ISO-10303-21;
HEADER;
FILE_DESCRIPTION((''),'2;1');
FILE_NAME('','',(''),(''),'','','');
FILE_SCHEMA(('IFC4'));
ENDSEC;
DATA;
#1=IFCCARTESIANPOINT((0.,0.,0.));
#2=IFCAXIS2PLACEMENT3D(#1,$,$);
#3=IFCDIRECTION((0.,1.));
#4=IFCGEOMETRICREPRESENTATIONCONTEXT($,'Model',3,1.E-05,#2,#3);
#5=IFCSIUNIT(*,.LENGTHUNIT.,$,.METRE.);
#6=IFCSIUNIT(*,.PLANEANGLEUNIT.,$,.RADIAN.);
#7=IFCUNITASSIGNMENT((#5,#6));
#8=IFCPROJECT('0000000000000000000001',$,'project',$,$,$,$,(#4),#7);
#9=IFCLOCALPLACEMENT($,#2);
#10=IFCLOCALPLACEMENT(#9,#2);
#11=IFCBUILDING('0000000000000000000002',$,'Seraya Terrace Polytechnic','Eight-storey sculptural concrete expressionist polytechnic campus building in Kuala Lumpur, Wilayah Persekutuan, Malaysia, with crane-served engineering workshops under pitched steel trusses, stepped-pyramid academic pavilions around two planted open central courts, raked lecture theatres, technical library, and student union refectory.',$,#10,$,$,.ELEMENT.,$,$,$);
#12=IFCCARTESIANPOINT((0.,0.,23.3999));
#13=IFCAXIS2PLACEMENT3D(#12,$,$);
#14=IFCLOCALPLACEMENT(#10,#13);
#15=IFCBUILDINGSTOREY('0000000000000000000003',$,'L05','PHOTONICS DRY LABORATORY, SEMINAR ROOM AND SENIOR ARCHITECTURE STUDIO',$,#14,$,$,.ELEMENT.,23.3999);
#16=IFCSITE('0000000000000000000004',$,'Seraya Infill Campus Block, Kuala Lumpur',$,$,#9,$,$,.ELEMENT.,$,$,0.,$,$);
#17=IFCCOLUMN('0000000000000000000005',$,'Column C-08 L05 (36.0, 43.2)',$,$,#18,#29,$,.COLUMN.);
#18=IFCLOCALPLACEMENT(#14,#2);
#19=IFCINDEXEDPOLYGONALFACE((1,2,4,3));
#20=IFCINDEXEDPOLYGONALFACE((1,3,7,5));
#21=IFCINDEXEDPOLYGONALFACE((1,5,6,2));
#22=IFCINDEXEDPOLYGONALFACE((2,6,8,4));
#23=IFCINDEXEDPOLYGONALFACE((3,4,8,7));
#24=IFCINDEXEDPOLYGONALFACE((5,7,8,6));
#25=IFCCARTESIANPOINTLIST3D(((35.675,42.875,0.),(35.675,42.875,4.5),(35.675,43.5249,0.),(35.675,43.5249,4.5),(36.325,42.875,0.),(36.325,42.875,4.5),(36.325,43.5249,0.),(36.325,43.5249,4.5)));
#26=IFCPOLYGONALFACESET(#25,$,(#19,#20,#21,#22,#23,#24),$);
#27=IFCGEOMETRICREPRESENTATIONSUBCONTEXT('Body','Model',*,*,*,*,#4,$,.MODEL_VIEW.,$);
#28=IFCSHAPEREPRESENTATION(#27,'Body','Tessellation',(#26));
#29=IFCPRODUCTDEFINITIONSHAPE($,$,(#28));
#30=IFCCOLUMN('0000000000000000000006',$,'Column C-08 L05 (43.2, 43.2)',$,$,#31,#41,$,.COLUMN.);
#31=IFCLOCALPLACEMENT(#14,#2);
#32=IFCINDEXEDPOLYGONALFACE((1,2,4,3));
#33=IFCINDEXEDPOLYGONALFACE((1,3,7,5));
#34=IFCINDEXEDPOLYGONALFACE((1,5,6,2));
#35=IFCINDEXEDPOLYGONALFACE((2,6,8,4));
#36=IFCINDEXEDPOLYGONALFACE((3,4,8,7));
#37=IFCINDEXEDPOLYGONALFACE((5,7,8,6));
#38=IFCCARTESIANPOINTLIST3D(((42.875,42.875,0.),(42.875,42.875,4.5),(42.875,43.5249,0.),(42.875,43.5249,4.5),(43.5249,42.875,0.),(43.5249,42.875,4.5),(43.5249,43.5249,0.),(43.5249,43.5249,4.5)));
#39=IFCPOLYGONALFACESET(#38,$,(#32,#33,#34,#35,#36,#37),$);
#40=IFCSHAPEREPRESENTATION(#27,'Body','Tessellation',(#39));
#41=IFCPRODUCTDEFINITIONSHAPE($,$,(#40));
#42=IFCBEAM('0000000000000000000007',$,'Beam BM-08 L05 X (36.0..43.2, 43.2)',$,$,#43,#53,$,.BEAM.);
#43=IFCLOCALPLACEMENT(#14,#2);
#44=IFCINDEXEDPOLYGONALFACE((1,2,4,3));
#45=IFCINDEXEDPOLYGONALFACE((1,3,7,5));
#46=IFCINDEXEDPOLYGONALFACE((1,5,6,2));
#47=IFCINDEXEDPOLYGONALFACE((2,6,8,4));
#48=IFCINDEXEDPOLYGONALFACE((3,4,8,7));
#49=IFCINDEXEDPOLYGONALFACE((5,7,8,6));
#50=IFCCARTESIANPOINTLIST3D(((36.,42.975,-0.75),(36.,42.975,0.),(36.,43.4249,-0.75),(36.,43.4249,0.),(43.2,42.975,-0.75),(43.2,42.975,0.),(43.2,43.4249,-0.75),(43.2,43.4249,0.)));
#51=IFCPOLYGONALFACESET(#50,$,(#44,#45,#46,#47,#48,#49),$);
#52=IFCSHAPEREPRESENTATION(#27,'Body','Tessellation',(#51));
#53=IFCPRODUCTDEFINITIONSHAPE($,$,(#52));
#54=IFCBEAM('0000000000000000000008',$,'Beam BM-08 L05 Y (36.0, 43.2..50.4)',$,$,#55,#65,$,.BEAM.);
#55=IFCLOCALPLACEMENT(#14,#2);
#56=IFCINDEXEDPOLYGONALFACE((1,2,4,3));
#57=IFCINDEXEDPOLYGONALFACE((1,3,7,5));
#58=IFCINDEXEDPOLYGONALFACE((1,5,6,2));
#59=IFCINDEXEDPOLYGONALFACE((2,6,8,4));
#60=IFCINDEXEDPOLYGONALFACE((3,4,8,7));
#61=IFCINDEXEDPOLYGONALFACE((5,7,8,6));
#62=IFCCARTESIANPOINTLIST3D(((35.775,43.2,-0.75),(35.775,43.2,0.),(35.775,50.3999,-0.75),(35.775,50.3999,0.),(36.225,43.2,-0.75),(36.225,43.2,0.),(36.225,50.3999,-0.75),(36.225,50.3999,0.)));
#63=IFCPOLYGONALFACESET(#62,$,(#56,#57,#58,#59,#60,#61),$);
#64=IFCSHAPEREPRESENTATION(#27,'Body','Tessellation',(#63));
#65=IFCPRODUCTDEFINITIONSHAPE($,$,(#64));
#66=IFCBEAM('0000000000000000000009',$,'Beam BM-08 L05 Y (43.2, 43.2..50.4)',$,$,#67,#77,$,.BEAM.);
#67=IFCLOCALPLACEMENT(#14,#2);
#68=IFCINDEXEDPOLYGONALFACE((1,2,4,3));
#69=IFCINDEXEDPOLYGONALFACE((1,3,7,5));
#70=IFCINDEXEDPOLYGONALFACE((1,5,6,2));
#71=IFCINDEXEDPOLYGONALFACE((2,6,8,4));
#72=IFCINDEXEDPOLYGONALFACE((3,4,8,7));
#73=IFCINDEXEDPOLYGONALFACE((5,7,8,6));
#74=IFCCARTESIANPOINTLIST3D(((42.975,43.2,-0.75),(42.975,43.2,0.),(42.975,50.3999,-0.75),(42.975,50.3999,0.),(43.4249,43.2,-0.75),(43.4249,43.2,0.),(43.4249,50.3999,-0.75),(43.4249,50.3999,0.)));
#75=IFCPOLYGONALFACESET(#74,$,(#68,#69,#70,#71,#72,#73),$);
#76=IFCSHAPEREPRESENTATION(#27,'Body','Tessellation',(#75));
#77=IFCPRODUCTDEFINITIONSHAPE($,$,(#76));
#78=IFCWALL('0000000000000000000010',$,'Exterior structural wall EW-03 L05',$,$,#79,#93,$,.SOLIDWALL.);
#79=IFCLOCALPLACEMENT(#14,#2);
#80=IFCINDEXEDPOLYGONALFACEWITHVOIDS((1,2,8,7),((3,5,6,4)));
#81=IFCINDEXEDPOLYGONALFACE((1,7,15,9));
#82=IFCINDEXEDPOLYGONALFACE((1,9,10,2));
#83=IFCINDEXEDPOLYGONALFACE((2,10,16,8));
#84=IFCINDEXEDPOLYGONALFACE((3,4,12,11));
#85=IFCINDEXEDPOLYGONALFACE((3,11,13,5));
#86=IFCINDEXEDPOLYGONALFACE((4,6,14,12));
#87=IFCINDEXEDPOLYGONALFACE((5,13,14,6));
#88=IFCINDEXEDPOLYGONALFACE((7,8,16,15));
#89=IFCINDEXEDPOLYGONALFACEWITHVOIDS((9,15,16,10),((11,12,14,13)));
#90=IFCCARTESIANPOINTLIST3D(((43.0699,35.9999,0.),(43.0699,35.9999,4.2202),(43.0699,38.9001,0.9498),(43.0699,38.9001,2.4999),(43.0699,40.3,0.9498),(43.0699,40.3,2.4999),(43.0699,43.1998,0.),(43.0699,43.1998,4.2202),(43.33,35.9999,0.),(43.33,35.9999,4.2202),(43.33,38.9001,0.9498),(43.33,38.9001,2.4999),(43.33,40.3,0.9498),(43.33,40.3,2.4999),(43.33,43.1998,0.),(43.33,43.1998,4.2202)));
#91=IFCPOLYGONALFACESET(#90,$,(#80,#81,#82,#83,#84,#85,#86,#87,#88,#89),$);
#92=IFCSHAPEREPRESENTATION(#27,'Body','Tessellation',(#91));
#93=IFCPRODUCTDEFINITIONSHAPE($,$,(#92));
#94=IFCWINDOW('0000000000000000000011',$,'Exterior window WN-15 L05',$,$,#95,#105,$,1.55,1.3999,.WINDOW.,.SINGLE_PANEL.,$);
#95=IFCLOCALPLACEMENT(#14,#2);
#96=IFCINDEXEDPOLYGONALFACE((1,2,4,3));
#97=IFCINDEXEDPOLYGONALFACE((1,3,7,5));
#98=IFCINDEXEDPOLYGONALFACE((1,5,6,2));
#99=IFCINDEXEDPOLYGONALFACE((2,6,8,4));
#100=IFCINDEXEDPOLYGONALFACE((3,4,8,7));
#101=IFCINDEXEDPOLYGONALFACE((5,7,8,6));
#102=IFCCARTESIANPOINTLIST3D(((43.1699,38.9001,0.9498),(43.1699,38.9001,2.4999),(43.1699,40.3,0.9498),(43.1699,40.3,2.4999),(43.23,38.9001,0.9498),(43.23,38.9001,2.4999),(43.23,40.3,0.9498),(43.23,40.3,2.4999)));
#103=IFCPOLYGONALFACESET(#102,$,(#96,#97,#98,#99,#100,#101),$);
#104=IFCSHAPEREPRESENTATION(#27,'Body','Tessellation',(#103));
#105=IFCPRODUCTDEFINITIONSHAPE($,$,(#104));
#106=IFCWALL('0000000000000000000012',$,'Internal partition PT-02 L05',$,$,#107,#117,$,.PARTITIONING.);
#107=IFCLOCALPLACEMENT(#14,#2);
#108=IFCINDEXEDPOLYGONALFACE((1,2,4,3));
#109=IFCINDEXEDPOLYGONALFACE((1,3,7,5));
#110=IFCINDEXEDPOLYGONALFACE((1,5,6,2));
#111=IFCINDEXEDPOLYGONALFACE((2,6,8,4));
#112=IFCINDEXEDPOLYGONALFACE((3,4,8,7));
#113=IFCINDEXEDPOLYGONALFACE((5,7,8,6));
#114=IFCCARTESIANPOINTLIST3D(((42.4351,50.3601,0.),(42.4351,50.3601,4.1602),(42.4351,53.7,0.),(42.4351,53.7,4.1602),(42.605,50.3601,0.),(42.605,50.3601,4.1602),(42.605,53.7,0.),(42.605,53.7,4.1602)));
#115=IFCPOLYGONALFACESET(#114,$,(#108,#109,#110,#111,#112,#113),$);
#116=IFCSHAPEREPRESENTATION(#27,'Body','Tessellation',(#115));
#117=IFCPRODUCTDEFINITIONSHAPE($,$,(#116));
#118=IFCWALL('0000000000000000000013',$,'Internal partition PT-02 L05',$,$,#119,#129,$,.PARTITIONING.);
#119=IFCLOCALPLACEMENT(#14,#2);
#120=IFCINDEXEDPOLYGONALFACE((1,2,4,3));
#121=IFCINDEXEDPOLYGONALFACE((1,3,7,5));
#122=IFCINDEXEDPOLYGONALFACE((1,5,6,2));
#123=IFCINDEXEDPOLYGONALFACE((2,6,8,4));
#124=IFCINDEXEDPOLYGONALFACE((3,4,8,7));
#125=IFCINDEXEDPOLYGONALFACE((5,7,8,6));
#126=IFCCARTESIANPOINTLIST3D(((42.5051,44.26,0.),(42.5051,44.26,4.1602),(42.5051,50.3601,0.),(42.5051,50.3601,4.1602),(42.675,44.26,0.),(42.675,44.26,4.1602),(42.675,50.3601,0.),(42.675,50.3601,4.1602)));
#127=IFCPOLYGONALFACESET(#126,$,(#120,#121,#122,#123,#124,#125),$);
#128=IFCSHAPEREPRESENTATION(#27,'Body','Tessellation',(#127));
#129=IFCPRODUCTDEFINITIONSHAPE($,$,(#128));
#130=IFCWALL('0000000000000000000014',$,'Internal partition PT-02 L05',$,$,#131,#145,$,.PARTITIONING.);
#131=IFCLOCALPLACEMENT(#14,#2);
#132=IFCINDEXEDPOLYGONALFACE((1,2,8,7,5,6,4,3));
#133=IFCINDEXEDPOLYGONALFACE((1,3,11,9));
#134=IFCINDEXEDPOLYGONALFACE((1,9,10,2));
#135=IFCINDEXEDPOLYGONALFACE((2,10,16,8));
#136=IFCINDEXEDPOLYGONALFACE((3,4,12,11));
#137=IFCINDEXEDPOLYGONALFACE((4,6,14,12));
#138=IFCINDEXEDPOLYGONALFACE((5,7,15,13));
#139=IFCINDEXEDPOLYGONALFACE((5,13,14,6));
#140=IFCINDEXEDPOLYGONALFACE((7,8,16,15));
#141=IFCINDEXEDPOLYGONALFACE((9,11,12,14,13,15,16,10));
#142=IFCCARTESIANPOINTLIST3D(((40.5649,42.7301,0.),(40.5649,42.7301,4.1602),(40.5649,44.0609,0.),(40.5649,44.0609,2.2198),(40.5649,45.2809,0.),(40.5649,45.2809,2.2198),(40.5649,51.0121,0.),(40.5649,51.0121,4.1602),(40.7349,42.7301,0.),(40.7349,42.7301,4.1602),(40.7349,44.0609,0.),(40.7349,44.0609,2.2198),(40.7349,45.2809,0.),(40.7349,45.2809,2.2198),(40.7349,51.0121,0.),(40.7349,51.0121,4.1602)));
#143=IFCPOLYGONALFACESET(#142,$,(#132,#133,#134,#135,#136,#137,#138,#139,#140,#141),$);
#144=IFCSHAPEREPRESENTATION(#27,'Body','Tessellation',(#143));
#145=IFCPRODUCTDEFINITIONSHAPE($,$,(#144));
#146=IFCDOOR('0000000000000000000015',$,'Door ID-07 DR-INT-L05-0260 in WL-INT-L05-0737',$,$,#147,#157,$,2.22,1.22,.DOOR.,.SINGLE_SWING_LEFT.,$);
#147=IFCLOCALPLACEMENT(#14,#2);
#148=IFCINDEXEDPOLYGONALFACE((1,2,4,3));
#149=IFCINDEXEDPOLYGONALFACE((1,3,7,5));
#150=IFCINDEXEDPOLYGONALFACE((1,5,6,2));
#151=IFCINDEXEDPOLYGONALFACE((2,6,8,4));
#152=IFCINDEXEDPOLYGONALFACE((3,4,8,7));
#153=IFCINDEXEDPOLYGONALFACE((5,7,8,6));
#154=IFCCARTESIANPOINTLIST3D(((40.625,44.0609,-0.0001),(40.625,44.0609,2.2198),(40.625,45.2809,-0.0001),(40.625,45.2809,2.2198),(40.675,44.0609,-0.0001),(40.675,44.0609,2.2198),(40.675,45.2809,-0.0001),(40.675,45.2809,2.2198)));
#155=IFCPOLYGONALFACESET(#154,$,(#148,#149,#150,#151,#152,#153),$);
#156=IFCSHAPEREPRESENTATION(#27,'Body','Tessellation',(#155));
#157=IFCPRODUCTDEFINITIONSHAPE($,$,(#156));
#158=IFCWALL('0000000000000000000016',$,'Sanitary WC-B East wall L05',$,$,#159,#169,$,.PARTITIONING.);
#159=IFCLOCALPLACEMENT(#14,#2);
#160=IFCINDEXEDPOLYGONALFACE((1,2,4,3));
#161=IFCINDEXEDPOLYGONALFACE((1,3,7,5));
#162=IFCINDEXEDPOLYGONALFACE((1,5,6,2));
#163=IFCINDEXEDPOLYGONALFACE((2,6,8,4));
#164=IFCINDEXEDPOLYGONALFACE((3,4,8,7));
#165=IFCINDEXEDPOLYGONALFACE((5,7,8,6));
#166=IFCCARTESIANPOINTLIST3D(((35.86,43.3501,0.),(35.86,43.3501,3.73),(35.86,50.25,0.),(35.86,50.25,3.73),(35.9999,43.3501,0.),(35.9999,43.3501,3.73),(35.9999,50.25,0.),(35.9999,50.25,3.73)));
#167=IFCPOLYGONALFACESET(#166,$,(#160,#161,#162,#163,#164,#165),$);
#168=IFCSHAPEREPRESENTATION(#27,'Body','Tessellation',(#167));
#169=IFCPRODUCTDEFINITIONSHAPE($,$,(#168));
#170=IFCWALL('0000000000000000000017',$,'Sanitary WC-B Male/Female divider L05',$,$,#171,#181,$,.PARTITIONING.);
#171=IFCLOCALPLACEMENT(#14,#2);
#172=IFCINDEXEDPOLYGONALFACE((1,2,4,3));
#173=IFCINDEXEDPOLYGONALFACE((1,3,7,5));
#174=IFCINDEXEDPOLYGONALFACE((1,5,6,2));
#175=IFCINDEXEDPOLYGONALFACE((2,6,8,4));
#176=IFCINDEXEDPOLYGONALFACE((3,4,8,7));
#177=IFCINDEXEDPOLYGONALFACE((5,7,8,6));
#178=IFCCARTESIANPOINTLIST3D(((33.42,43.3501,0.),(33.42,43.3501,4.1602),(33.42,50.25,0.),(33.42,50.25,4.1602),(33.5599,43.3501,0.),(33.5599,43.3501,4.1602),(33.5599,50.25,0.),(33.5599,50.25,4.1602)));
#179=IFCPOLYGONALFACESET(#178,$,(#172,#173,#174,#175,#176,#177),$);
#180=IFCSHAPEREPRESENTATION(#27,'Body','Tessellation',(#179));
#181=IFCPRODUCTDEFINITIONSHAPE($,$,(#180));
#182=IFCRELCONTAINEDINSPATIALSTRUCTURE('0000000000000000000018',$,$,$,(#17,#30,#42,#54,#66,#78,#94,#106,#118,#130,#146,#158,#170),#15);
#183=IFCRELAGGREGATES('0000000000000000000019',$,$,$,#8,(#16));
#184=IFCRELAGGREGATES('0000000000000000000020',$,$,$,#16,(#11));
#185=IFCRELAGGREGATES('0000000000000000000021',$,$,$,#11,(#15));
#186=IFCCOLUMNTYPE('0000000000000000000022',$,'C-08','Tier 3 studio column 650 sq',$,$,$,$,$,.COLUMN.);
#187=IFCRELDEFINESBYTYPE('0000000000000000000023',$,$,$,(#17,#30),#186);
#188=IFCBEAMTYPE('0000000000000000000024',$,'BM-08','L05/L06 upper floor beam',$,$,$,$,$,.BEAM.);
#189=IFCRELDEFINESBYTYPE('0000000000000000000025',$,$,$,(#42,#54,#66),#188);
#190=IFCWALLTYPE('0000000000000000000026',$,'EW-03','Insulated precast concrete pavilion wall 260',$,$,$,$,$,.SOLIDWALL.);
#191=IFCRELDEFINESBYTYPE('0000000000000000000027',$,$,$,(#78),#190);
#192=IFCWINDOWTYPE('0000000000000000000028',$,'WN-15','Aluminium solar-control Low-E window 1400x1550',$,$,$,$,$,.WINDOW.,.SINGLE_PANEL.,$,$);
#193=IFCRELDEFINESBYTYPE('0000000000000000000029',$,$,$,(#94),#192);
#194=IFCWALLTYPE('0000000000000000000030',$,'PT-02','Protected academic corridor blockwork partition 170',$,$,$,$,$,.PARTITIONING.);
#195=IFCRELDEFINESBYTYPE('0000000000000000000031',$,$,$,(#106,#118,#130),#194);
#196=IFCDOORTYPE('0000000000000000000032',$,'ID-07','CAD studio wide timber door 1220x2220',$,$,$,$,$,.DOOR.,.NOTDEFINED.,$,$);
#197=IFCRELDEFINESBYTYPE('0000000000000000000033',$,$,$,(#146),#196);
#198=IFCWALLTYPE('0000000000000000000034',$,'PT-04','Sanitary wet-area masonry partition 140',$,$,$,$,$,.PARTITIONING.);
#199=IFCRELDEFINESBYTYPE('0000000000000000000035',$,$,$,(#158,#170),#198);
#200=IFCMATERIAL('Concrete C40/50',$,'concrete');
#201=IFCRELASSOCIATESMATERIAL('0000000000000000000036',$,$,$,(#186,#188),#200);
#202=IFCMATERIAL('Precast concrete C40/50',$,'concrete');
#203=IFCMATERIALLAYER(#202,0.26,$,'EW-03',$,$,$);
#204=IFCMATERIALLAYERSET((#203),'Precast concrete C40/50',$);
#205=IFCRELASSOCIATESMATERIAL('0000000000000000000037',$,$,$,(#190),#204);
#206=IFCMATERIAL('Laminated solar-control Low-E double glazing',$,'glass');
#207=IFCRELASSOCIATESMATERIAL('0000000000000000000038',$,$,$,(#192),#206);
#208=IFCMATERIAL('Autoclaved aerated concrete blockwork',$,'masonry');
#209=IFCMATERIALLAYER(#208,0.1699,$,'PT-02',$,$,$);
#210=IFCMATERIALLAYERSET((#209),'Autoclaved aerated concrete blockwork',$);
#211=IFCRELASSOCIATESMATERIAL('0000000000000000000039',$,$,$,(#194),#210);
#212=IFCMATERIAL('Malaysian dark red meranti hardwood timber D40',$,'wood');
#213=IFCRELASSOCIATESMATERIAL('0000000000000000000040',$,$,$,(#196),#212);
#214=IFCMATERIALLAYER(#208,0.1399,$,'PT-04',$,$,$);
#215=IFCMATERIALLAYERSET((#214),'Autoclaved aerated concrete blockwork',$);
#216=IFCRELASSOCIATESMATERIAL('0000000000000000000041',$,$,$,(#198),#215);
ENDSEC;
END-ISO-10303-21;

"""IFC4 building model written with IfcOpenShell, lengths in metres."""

from ifc_helpers import new_model, si_unit, direction, frame, frame_2d, origin, origin_2d, place, context, subcontext, project, spatial, rectangle, extrude, material, layer, layer_set, material_profile, profile_set, type_object, element, fill, save


model = new_model("IFC4")

# Units and contexts
model_context = context("Model", 3, precision=1e-05, world=origin(), true_north=direction((0.0, 1.0)))
body_context = subcontext(model_context, "Body", "Model", "MODEL_VIEW")
ifc_project = project(units=[si_unit("LENGTHUNIT", "METRE"), si_unit("PLANEANGLEUNIT", "RADIAN")], contexts=[model_context])

# Site, building, storey
site_placement = place(None, origin())
site = spatial("IfcSite", under=ifc_project, at=site_placement, Name="Seraya Infill Campus Block, Kuala Lumpur", CompositionType="ELEMENT", RefElevation=0.0)
building_placement = place(site_placement, origin())
building = spatial("IfcBuilding", under=site, at=building_placement, Name="Seraya Terrace Polytechnic", Description="Eight-storey sculptural concrete expressionist polytechnic campus building in Kuala Lumpur, Wilayah Persekutuan, Malaysia, with crane-served engineering workshops under pitched steel trusses, stepped-pyramid academic pavilions around two planted open central courts, raked lecture theatres, technical library, and student union refectory.", CompositionType="ELEMENT")
storey_placement = place(building_placement, frame((0.0, 0.0, 23.3999)))
storey = spatial("IfcBuildingStorey", under=building, at=storey_placement, Name="L05", Description="PHOTONICS DRY LABORATORY, SEMINAR ROOM AND SENIOR ARCHITECTURE STUDIO", CompositionType="ELEMENT", Elevation=23.3999)

# Columns
ifc_material_1 = material(Name="Concrete C40/50", Category="concrete")
ifc_material_profile_1 = material_profile(ifc_material_1, rectangle(XDim=0.6499, YDim=0.6499, at=origin_2d()), Name="RC 650x650")
ifc_profile_set_1 = profile_set([ifc_material_profile_1], Name="Concrete C40/50")
column_type = type_object("IfcColumnType", Name="C-08", Description="Tier 3 studio column 650 sq", PredefinedType="COLUMN", material=ifc_profile_set_1)
for number, where, z_axis, x_axis, name in (
    (1, (36.0, 43.2, 0.0), (0.0, 0.0, 1.0), (1.0, 0.0, 0.0), "Column C-08 L05 (36.0, 43.2)"),
    (2, (43.2, 43.2, 0.0), (0.0, 0.0, 1.0), (1.0, 0.0, 0.0), "Column C-08 L05 (43.2, 43.2)"),
):
    element("IfcColumn", number, at=place(storey_placement, frame(where, z_axis=z_axis, x_axis=x_axis)), inside=storey, type_object=column_type, Name=name, PredefinedType="COLUMN", context=body_context, shape_type="SweptSolid", body=[
        extrude(rectangle(XDim=0.6499, YDim=0.6499, at=origin_2d()), origin(), (0.0, 0.0, 1.0), 4.5),
    ])

# Beams
ifc_material_profile_2 = material_profile(ifc_material_1, rectangle(XDim=0.45, YDim=0.75, at=origin_2d()), Name="RC 450x750")
ifc_profile_set_2 = profile_set([ifc_material_profile_2], Name="Concrete C40/50")
beam_type = type_object("IfcBeamType", Name="BM-08", Description="L05/L06 upper floor beam", PredefinedType="BEAM", material=ifc_profile_set_2)
for number, where, z_axis, x_axis, name in (
    (3, (36.0, 43.2, -0.375), (1.0, 0.0, 0.0), (0.0, 1.0, 0.0), "Beam BM-08 L05 X (36.0..43.2, 43.2)"),
    (4, (36.0, 43.2, -0.375), (0.0, 1.0, 0.0), (-1.0, 0.0, 0.0), "Beam BM-08 L05 Y (36.0, 43.2..50.4)"),
    (5, (43.2, 43.2, -0.375), (0.0, 1.0, 0.0), (-1.0, 0.0, 0.0), "Beam BM-08 L05 Y (43.2, 43.2..50.4)"),
):
    element("IfcBeam", number, at=place(storey_placement, frame(where, z_axis=z_axis, x_axis=x_axis)), inside=storey, type_object=beam_type, Name=name, PredefinedType="BEAM", context=body_context, shape_type="SweptSolid", body=[
        extrude(rectangle(XDim=0.45, YDim=0.75, at=origin_2d()), origin(), (0.0, 0.0, 1.0), 7.2),
    ])

# Wall, opening, window
ifc_material_2 = material(Name="Precast concrete C40/50", Category="concrete")
ifc_layer_1 = layer(ifc_material_2, 0.26, Name="EW-03")
ifc_layer_set_1 = layer_set([ifc_layer_1], Name="Precast concrete C40/50")
wall_type_1 = type_object("IfcWallType", Name="EW-03", Description="Insulated precast concrete pavilion wall 260", PredefinedType="SOLIDWALL", material=ifc_layer_set_1)
wall_1_placement = place(storey_placement, frame((43.2, 43.2, 0.0), z_axis=(0.0, 0.0, 1.0), x_axis=(0.0, -1.0, 0.0)))
wall_1 = element("IfcWall", 6, at=wall_1_placement, inside=storey, type_object=wall_type_1, Name="Exterior structural wall EW-03 L05", PredefinedType="SOLIDWALL", context=body_context, shape_type="SweptSolid", body=[
    extrude(rectangle(XDim=7.2, YDim=0.26, at=frame_2d((3.6001, 0.0))), origin(), (0.0, 0.0, 1.0), 4.2202),
])
opening_1_placement = place(wall_1_placement, frame((2.8999, 0.0, 0.95)))
opening_1 = element("IfcOpeningElement", 7, at=opening_1_placement, cuts=wall_1, PredefinedType="OPENING", context=body_context, shape_type="SweptSolid", body=[
    extrude(rectangle(XDim=1.3999, YDim=1.55, at=frame_2d((0.7, 0.7749))), frame((0.0, 0.1421, 0.0), z_axis=(0.0, -1.0, 0.0), x_axis=(1.0, 0.0, 0.0)), (0.0, 0.0, 1.0), 0.2839),
])
ifc_material_3 = material(Name="Laminated solar-control Low-E double glazing", Category="glass")
window_type = type_object("IfcWindowType", Name="WN-15", Description="Aluminium solar-control Low-E window 1400x1550", PartitioningType="SINGLE_PANEL", PredefinedType="WINDOW", material=ifc_material_3)
window_placement = place(opening_1_placement, origin())
window = element("IfcWindow", 8, at=window_placement, inside=storey, type_object=window_type, Name="Exterior window WN-15 L05", OverallHeight=1.55, OverallWidth=1.3999, PartitioningType="SINGLE_PANEL", PredefinedType="WINDOW", context=body_context, shape_type="SweptSolid", body=[
    extrude(rectangle(XDim=1.3999, YDim=1.55, at=frame_2d((0.7, 0.7749))), frame((0.0, 0.03, 0.0), z_axis=(0.0, -1.0, 0.0), x_axis=(1.0, 0.0, 0.0)), (0.0, 0.0, 1.0), 0.0601),
])
fill(opening_1, window)

# Walls
ifc_material_4 = material(Name="Autoclaved aerated concrete blockwork", Category="masonry")
ifc_layer_2 = layer(ifc_material_4, 0.1699, Name="PT-02")
ifc_layer_set_2 = layer_set([ifc_layer_2], Name="Autoclaved aerated concrete blockwork")
wall_type_2 = type_object("IfcWallType", Name="PT-02", Description="Protected academic corridor blockwork partition 170", PredefinedType="PARTITIONING", material=ifc_layer_set_2)
wall_2_placement = place(storey_placement, frame((42.52, 50.3601, 0.0), z_axis=(0.0, 0.0, 1.0), x_axis=(0.0, 1.0, 0.0)))
element("IfcWall", 9, at=wall_2_placement, inside=storey, type_object=wall_type_2, Name="Internal partition PT-02 L05", PredefinedType="PARTITIONING", context=body_context, shape_type="SweptSolid", body=[
    extrude(rectangle(XDim=3.3398, YDim=0.1699, at=frame_2d((1.6699, 0.0))), origin(), (0.0, 0.0, 1.0), 4.1602),
])
wall_3_placement = place(storey_placement, frame((42.5901, 44.26, 0.0), z_axis=(0.0, 0.0, 1.0), x_axis=(0.0, 1.0, 0.0)))
element("IfcWall", 10, at=wall_3_placement, inside=storey, type_object=wall_type_2, Name="Internal partition PT-02 L05", PredefinedType="PARTITIONING", context=body_context, shape_type="SweptSolid", body=[
    extrude(rectangle(XDim=6.1001, YDim=0.1699, at=frame_2d((3.05, 0.0))), origin(), (0.0, 0.0, 1.0), 4.1602),
])

# Wall, opening, door
wall_4_placement = place(storey_placement, frame((40.6499, 42.73, 0.0), z_axis=(0.0, 0.0, 1.0), x_axis=(0.0, 1.0, 0.0)))
wall_4 = element("IfcWall", 11, at=wall_4_placement, inside=storey, type_object=wall_type_2, Name="Internal partition PT-02 L05", PredefinedType="PARTITIONING", context=body_context, shape_type="SweptSolid", body=[
    extrude(rectangle(XDim=8.282, YDim=0.1699, at=frame_2d((4.1411, 0.0))), origin(), (0.0, 0.0, 1.0), 4.1602),
])
opening_2_placement = place(wall_4_placement, frame((1.3311, 0.0, 0.0)))
opening_2 = element("IfcOpeningElement", 12, at=opening_2_placement, cuts=wall_4, PredefinedType="OPENING", context=body_context, shape_type="SweptSolid", body=[
    extrude(rectangle(XDim=1.22, YDim=2.22, at=frame_2d((0.6099, 1.1099))), frame((0.0, 0.0969, 0.0), z_axis=(0.0, -1.0, 0.0), x_axis=(1.0, 0.0, 0.0)), (0.0, 0.0, 1.0), 0.1938),
])
ifc_material_5 = material(Name="Malaysian dark red meranti hardwood timber D40", Category="wood")
door_type_1 = type_object("IfcDoorType", Name="ID-07", Description="CAD studio wide timber door 1220x2220", OperationType="NOTDEFINED", PredefinedType="DOOR", material=ifc_material_5)
door_1_placement = place(opening_2_placement, origin())
door_1 = element("IfcDoor", 13, at=door_1_placement, inside=storey, type_object=door_type_1, Name="Door ID-07 DR-INT-L05-0260 in WL-INT-L05-0737", OperationType="SINGLE_SWING_LEFT", OverallHeight=2.22, OverallWidth=1.22, PredefinedType="DOOR", context=body_context, shape_type="SweptSolid", body=[
    extrude(rectangle(XDim=1.22, YDim=2.22, at=frame_2d((0.6099, 1.1099))), frame((0.0, 0.0249, 0.0), z_axis=(0.0, -1.0, 0.0), x_axis=(1.0, 0.0, 0.0)), (0.0, 0.0, 1.0), 0.05),
])
fill(opening_2, door_1)

# Walls
ifc_layer_3 = layer(ifc_material_4, 0.1399, Name="PT-04")
ifc_layer_set_3 = layer_set([ifc_layer_3], Name="Autoclaved aerated concrete blockwork")
wall_type_3 = type_object("IfcWallType", Name="PT-04", Description="Sanitary wet-area masonry partition 140", PredefinedType="PARTITIONING", material=ifc_layer_set_3)
wall_5_placement = place(storey_placement, frame((35.9299, 43.3501, 0.0), z_axis=(0.0, 0.0, 1.0), x_axis=(0.0, 1.0, 0.0)))
element("IfcWall", 14, at=wall_5_placement, inside=storey, type_object=wall_type_3, Name="Sanitary WC-B East wall L05", PredefinedType="PARTITIONING", context=body_context, shape_type="SweptSolid", body=[
    extrude(rectangle(XDim=6.8999, YDim=0.1399, at=frame_2d((3.45, 0.0))), origin(), (0.0, 0.0, 1.0), 3.73),
])
wall_6_placement = place(storey_placement, frame((33.49, 43.3501, 0.0), z_axis=(0.0, 0.0, 1.0), x_axis=(0.0, 1.0, 0.0)))
element("IfcWall", 15, at=wall_6_placement, inside=storey, type_object=wall_type_3, Name="Sanitary WC-B Male/Female divider L05", PredefinedType="PARTITIONING", context=body_context, shape_type="SweptSolid", body=[
    extrude(rectangle(XDim=6.8999, YDim=0.1399, at=frame_2d((3.45, 0.0))), origin(), (0.0, 0.0, 1.0), 4.1602),
])

save(model, "model.ifc")
